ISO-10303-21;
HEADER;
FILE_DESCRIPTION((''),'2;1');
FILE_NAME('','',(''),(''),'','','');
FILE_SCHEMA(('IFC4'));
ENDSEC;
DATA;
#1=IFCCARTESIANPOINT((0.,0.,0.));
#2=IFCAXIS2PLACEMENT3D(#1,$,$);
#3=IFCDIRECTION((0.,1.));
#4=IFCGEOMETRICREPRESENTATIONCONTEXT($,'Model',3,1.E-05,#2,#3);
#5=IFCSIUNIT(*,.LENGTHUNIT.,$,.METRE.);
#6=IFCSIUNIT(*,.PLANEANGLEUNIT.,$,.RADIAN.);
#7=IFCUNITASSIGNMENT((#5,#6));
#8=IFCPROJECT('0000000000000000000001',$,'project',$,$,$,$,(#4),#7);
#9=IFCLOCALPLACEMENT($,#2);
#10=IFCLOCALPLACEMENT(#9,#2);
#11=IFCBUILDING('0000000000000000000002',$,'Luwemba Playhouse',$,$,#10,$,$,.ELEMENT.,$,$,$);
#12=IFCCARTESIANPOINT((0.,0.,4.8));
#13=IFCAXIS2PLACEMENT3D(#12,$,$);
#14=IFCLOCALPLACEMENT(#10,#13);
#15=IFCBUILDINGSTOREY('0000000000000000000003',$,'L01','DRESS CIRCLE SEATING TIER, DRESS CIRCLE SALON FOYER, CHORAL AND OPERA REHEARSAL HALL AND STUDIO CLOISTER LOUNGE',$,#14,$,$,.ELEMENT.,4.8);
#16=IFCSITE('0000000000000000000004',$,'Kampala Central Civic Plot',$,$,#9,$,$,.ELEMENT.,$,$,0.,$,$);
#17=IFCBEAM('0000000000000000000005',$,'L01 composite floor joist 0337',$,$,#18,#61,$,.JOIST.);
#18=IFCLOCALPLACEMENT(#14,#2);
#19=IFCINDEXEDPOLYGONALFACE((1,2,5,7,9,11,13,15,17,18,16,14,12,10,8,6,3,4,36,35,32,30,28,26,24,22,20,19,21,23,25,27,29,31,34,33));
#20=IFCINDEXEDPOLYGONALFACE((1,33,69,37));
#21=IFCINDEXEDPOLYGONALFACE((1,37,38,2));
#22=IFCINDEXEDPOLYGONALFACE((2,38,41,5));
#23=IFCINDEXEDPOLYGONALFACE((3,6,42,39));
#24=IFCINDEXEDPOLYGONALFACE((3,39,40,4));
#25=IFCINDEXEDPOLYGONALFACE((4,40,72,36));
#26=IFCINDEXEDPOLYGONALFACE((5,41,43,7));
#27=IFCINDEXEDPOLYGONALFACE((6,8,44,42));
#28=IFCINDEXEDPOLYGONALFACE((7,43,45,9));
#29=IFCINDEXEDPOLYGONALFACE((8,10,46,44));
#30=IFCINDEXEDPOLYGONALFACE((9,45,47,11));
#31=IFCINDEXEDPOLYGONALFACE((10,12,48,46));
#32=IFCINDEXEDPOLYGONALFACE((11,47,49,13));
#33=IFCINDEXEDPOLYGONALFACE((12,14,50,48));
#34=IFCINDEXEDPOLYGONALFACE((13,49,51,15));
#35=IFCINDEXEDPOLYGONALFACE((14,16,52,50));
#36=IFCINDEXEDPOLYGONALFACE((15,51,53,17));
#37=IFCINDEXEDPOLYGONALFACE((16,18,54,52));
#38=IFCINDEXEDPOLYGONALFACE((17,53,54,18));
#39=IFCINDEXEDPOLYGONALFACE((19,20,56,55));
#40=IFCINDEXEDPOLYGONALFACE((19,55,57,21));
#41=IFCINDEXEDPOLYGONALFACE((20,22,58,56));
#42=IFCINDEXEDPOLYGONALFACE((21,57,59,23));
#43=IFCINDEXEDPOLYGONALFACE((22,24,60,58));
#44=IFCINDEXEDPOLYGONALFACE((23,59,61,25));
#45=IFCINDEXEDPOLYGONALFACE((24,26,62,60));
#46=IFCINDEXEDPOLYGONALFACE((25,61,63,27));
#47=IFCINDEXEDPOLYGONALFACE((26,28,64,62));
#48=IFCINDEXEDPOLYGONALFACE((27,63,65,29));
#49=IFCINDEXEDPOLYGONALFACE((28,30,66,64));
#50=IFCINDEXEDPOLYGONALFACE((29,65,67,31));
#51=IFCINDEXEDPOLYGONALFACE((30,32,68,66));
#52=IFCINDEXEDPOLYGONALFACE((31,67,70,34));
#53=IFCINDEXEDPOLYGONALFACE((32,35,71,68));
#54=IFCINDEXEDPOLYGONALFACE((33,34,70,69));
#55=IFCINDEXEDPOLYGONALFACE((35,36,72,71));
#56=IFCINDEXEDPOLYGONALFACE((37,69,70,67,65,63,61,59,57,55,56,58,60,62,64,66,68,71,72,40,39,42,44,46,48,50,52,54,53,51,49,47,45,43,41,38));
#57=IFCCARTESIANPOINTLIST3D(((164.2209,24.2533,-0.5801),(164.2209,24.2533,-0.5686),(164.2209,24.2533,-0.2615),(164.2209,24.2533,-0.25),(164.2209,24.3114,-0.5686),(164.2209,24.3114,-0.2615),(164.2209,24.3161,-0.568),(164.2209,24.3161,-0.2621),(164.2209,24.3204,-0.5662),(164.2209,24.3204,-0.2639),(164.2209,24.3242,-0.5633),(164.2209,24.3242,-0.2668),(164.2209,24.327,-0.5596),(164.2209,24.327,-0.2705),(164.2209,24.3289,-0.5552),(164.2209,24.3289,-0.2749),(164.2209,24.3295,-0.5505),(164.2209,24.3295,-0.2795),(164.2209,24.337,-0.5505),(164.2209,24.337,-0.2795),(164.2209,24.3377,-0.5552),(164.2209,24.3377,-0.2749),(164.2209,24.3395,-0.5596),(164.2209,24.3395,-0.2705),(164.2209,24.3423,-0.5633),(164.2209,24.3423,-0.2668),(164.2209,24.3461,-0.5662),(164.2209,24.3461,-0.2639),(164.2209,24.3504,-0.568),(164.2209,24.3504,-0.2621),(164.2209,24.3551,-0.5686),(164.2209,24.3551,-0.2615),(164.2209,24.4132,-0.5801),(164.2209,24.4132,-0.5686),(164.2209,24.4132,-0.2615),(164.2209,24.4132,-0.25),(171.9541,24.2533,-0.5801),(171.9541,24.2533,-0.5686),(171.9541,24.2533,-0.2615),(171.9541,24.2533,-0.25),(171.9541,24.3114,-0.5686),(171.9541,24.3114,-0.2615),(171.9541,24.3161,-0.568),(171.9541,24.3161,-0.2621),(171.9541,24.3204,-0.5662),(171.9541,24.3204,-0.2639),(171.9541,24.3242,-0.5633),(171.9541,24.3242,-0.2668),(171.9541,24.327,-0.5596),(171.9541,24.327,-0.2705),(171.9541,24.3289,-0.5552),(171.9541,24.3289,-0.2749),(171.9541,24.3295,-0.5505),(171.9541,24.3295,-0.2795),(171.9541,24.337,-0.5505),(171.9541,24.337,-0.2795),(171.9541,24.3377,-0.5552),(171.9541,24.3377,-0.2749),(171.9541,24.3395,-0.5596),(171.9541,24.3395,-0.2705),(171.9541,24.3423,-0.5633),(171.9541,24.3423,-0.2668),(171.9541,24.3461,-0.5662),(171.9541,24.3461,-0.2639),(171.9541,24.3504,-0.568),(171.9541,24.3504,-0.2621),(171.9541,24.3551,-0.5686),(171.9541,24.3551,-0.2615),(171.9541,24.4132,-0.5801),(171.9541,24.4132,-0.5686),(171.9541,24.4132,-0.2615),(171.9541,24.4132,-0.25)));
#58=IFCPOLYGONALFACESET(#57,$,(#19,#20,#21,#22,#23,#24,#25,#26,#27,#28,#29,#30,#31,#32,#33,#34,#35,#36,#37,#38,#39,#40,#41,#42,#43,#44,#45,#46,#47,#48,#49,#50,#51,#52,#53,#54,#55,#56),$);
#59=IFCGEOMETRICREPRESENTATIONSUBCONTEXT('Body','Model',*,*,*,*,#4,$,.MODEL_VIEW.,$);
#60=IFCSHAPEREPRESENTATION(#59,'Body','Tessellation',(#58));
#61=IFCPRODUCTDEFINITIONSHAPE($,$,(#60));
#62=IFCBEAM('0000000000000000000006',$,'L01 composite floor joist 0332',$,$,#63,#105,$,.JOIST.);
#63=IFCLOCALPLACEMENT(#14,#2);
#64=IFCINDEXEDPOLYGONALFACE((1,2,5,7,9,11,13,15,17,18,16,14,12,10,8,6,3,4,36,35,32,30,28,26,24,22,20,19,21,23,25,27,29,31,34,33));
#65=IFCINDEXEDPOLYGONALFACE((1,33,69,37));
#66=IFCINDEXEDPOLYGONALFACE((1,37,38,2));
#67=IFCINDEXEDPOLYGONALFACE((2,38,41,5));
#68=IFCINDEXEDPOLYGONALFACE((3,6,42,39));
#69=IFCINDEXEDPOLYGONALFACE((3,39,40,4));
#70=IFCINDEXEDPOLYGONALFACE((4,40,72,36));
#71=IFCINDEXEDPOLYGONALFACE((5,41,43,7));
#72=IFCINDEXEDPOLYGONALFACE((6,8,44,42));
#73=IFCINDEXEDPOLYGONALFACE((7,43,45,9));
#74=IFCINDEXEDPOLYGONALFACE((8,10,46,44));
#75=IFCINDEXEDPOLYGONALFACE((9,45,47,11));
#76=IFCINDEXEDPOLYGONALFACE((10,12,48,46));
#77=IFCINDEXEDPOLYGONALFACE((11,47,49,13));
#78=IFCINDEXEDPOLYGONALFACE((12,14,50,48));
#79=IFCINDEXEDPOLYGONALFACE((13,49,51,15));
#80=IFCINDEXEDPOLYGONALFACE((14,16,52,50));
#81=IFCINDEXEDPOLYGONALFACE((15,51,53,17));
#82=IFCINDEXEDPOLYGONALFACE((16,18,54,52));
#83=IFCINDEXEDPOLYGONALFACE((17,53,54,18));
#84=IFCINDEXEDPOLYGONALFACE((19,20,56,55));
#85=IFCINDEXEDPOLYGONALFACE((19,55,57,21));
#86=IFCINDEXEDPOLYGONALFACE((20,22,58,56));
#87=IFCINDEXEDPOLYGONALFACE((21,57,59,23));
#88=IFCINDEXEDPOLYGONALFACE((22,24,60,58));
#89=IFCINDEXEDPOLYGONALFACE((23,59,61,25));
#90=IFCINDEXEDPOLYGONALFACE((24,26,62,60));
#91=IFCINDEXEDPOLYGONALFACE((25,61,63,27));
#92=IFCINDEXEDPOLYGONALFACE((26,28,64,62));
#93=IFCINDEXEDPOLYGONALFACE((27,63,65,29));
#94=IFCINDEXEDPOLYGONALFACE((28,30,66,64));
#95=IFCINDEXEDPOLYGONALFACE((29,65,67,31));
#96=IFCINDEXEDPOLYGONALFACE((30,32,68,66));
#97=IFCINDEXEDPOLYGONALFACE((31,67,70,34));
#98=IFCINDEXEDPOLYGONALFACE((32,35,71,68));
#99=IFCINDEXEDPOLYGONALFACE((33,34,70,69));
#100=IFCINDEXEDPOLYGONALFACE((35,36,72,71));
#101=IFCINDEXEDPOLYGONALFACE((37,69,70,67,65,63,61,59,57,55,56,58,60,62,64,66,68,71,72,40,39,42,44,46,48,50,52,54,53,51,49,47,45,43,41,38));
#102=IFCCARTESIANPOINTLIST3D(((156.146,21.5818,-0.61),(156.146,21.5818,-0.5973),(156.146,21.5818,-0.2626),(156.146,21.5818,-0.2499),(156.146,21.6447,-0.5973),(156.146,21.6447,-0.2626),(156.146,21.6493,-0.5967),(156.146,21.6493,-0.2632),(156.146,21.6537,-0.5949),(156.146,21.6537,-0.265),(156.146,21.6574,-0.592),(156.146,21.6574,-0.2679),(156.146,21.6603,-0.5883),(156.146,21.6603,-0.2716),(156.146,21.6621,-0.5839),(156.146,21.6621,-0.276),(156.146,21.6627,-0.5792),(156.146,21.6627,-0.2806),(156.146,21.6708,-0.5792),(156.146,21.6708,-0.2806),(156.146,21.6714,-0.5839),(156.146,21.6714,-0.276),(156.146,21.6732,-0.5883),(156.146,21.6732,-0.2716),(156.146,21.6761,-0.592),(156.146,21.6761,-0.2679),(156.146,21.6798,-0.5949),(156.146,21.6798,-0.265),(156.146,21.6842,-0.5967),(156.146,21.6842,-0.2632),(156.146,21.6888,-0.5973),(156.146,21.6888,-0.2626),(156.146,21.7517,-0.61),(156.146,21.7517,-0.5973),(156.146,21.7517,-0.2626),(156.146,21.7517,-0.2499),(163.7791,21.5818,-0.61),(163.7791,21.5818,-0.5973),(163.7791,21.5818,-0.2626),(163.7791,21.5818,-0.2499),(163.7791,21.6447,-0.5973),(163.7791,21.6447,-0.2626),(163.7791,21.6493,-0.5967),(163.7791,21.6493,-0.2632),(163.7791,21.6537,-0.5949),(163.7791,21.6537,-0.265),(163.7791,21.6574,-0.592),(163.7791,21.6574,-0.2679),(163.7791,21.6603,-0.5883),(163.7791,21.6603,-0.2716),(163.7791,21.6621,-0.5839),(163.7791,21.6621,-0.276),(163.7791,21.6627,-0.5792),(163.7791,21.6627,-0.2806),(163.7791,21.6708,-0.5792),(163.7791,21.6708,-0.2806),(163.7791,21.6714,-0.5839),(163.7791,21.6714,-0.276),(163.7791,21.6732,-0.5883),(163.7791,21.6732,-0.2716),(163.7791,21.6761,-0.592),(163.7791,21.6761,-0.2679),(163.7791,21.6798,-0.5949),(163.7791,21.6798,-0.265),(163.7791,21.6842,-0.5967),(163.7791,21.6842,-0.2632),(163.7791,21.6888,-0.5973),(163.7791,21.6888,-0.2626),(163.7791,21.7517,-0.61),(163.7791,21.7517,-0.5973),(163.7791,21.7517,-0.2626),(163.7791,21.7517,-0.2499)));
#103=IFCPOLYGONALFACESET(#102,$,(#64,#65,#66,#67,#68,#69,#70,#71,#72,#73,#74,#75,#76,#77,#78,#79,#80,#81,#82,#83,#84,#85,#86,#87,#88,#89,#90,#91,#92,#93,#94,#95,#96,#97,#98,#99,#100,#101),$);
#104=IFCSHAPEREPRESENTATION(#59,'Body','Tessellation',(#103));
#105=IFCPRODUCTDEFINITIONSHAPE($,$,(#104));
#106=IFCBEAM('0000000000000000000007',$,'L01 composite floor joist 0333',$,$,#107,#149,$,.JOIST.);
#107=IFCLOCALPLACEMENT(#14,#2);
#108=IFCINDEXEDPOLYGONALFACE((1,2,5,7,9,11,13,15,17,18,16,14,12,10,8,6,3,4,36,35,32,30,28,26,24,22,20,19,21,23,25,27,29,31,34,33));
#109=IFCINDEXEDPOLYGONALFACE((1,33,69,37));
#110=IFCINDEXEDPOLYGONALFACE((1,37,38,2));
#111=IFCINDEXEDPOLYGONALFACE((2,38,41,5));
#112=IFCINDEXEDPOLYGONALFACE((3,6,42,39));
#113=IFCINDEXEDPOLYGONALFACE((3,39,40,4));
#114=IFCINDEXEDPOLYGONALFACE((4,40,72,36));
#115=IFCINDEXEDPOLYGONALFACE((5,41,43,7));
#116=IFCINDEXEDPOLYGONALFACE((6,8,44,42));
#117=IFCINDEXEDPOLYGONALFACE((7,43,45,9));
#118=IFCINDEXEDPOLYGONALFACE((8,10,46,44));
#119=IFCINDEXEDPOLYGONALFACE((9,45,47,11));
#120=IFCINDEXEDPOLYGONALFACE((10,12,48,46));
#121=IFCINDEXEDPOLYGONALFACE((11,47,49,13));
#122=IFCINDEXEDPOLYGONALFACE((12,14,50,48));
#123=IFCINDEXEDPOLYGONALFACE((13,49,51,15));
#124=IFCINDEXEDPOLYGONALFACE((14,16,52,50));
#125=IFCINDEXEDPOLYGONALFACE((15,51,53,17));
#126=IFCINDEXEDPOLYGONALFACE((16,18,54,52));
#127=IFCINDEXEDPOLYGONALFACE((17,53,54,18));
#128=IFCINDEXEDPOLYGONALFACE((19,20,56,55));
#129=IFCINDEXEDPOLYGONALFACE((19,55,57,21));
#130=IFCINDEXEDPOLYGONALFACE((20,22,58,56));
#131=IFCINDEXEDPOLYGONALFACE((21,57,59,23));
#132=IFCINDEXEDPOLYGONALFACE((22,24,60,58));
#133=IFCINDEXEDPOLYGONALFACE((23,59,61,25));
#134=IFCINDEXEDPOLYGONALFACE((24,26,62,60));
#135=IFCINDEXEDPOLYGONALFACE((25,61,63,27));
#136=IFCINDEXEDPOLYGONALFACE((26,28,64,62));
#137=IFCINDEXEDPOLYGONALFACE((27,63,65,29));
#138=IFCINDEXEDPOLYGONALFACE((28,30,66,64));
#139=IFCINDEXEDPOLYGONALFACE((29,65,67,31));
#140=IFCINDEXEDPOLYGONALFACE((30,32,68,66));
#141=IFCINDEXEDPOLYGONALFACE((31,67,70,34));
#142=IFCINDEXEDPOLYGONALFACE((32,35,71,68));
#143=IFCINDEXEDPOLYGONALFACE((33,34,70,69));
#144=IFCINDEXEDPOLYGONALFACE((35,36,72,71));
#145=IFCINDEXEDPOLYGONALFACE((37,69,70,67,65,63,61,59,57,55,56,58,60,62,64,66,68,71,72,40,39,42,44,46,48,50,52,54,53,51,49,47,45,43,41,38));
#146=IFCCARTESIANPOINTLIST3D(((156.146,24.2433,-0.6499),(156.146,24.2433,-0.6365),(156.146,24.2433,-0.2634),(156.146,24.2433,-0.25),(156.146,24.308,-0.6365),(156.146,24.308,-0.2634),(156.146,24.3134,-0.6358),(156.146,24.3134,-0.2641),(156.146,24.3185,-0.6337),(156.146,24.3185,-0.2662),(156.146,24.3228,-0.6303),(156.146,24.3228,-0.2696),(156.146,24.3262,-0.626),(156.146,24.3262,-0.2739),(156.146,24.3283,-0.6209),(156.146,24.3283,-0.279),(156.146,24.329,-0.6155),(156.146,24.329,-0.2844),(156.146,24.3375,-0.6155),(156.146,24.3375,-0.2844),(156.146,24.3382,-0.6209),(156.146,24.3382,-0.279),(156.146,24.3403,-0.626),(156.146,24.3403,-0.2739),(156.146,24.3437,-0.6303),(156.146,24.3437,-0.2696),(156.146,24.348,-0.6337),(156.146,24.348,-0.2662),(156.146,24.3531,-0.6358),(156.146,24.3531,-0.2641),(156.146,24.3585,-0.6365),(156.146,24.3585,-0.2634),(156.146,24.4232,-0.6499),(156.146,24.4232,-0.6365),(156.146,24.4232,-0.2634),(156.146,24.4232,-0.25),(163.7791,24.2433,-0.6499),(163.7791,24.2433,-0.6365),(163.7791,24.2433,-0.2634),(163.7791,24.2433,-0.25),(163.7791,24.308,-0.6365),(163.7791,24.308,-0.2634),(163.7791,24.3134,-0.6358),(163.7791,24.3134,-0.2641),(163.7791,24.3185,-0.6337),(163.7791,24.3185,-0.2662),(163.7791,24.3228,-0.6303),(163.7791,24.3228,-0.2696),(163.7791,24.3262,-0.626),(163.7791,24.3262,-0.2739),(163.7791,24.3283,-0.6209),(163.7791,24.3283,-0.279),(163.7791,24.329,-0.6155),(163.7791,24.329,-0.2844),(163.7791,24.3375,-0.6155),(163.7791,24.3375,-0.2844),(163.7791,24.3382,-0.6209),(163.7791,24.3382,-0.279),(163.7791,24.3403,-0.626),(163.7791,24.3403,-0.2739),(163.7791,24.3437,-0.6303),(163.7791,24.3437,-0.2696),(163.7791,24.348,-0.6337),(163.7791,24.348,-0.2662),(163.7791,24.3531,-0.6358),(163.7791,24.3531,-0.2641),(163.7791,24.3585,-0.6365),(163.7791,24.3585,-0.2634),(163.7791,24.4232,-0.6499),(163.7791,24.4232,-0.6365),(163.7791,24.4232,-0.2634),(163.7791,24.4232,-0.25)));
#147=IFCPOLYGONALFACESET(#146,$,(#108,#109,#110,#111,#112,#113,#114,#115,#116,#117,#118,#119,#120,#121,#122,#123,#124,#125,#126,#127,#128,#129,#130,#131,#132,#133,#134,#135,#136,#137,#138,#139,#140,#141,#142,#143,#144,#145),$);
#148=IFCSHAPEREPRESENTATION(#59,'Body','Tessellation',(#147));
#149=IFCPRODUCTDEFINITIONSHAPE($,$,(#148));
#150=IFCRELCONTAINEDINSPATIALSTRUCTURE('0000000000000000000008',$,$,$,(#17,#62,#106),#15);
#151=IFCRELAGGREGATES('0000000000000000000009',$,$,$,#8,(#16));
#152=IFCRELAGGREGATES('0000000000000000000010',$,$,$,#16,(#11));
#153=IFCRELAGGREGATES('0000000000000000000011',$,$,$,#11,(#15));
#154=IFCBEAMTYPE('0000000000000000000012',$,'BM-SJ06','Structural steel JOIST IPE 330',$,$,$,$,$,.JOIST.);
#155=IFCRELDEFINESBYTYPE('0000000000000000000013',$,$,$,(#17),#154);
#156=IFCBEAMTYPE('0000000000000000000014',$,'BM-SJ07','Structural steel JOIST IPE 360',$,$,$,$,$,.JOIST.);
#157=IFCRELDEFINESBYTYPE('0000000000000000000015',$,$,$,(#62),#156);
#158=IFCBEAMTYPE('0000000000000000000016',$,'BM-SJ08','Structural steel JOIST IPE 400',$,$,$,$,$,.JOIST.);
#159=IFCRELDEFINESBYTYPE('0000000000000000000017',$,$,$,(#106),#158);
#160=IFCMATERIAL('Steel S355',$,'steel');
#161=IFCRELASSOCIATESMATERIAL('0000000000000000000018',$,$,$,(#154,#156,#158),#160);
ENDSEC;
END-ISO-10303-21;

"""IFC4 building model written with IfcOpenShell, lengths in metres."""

from ifc_helpers import new_model, si_unit, direction, frame, origin, origin_2d, place, context, subcontext, project, spatial, i_section, extrude, material, material_profile, profile_set, type_object, element, save


model = new_model("IFC4")

# Units and contexts
model_context = context("Model", 3, precision=1e-05, world=origin(), true_north=direction((0.0, 1.0)))
body_context = subcontext(model_context, "Body", "Model", "MODEL_VIEW")
ifc_project = project(units=[si_unit("LENGTHUNIT", "METRE"), si_unit("PLANEANGLEUNIT", "RADIAN")], contexts=[model_context])

# Site, building, storey
site_placement = place(None, origin())
site = spatial("IfcSite", under=ifc_project, at=site_placement, Name="Kampala Central Civic Plot", CompositionType="ELEMENT", RefElevation=0.0)
building_placement = place(site_placement, origin())
building = spatial("IfcBuilding", under=site, at=building_placement, Name="Luwemba Playhouse", CompositionType="ELEMENT")
storey_placement = place(building_placement, frame((0.0, 0.0, 4.8)))
storey = spatial("IfcBuildingStorey", under=building, at=storey_placement, Name="L01", Description="DRESS CIRCLE SEATING TIER, DRESS CIRCLE SALON FOYER, CHORAL AND OPERA REHEARSAL HALL AND STUDIO CLOISTER LOUNGE", CompositionType="ELEMENT", Elevation=4.8)

# Beams
ifc_material_1 = material(Name="Steel S355", Category="steel")
ifc_material_profile_1 = material_profile(ifc_material_1, i_section(OverallWidth=0.1599, OverallDepth=0.3301, WebThickness=0.0076, FlangeThickness=0.0115, FilletRadius=0.0181, at=origin_2d()))
ifc_profile_set_1 = profile_set([ifc_material_profile_1], Name="Steel S355")
beam_type_1 = type_object("IfcBeamType", Name="BM-SJ06", Description="Structural steel JOIST IPE 330", PredefinedType="JOIST", material=ifc_profile_set_1)
beam_1_placement = place(storey_placement, frame((164.2209, 24.3333, -0.415), z_axis=(1.0, 0.0, 0.0), x_axis=(0.0, 1.0, 0.0)))
element("IfcBeam", 1, at=beam_1_placement, inside=storey, type_object=beam_type_1, Name="L01 composite floor joist 0337", PredefinedType="JOIST", context=body_context, shape_type="SweptSolid", body=[
    extrude(i_section(OverallWidth=0.1599, OverallDepth=0.3301, WebThickness=0.0076, FlangeThickness=0.0115, FilletRadius=0.0181, at=origin_2d()), origin(), (0.0, 0.0, 1.0), 7.7332),
])
ifc_material_profile_2 = material_profile(ifc_material_1, i_section(OverallWidth=0.1699, OverallDepth=0.3601, WebThickness=0.0081, FlangeThickness=0.0127, FilletRadius=0.0181, at=origin_2d()))
ifc_profile_set_2 = profile_set([ifc_material_profile_2], Name="Steel S355")
beam_type_2 = type_object("IfcBeamType", Name="BM-SJ07", Description="Structural steel JOIST IPE 360", PredefinedType="JOIST", material=ifc_profile_set_2)
beam_2_placement = place(storey_placement, frame((156.146, 21.6667, -0.4299), z_axis=(1.0, 0.0, 0.0), x_axis=(0.0, 1.0, 0.0)))
element("IfcBeam", 2, at=beam_2_placement, inside=storey, type_object=beam_type_2, Name="L01 composite floor joist 0332", PredefinedType="JOIST", context=body_context, shape_type="SweptSolid", body=[
    extrude(i_section(OverallWidth=0.1699, OverallDepth=0.3601, WebThickness=0.0081, FlangeThickness=0.0127, FilletRadius=0.0181, at=origin_2d()), origin(), (0.0, 0.0, 1.0), 7.6331),
])
ifc_material_profile_3 = material_profile(ifc_material_1, i_section(OverallWidth=0.1799, OverallDepth=0.3999, WebThickness=0.0085, FlangeThickness=0.0134, FilletRadius=0.021, at=origin_2d()))
ifc_profile_set_3 = profile_set([ifc_material_profile_3], Name="Steel S355")
beam_type_3 = type_object("IfcBeamType", Name="BM-SJ08", Description="Structural steel JOIST IPE 400", PredefinedType="JOIST", material=ifc_profile_set_3)
beam_3_placement = place(storey_placement, frame((156.146, 24.3333, -0.45), z_axis=(1.0, 0.0, 0.0), x_axis=(0.0, 1.0, 0.0)))
element("IfcBeam", 3, at=beam_3_placement, inside=storey, type_object=beam_type_3, Name="L01 composite floor joist 0333", PredefinedType="JOIST", context=body_context, shape_type="SweptSolid", body=[
    extrude(i_section(OverallWidth=0.1799, OverallDepth=0.3999, WebThickness=0.0085, FlangeThickness=0.0134, FilletRadius=0.021, at=origin_2d()), origin(), (0.0, 0.0, 1.0), 7.6331),
])

save(model, "model.ifc")
